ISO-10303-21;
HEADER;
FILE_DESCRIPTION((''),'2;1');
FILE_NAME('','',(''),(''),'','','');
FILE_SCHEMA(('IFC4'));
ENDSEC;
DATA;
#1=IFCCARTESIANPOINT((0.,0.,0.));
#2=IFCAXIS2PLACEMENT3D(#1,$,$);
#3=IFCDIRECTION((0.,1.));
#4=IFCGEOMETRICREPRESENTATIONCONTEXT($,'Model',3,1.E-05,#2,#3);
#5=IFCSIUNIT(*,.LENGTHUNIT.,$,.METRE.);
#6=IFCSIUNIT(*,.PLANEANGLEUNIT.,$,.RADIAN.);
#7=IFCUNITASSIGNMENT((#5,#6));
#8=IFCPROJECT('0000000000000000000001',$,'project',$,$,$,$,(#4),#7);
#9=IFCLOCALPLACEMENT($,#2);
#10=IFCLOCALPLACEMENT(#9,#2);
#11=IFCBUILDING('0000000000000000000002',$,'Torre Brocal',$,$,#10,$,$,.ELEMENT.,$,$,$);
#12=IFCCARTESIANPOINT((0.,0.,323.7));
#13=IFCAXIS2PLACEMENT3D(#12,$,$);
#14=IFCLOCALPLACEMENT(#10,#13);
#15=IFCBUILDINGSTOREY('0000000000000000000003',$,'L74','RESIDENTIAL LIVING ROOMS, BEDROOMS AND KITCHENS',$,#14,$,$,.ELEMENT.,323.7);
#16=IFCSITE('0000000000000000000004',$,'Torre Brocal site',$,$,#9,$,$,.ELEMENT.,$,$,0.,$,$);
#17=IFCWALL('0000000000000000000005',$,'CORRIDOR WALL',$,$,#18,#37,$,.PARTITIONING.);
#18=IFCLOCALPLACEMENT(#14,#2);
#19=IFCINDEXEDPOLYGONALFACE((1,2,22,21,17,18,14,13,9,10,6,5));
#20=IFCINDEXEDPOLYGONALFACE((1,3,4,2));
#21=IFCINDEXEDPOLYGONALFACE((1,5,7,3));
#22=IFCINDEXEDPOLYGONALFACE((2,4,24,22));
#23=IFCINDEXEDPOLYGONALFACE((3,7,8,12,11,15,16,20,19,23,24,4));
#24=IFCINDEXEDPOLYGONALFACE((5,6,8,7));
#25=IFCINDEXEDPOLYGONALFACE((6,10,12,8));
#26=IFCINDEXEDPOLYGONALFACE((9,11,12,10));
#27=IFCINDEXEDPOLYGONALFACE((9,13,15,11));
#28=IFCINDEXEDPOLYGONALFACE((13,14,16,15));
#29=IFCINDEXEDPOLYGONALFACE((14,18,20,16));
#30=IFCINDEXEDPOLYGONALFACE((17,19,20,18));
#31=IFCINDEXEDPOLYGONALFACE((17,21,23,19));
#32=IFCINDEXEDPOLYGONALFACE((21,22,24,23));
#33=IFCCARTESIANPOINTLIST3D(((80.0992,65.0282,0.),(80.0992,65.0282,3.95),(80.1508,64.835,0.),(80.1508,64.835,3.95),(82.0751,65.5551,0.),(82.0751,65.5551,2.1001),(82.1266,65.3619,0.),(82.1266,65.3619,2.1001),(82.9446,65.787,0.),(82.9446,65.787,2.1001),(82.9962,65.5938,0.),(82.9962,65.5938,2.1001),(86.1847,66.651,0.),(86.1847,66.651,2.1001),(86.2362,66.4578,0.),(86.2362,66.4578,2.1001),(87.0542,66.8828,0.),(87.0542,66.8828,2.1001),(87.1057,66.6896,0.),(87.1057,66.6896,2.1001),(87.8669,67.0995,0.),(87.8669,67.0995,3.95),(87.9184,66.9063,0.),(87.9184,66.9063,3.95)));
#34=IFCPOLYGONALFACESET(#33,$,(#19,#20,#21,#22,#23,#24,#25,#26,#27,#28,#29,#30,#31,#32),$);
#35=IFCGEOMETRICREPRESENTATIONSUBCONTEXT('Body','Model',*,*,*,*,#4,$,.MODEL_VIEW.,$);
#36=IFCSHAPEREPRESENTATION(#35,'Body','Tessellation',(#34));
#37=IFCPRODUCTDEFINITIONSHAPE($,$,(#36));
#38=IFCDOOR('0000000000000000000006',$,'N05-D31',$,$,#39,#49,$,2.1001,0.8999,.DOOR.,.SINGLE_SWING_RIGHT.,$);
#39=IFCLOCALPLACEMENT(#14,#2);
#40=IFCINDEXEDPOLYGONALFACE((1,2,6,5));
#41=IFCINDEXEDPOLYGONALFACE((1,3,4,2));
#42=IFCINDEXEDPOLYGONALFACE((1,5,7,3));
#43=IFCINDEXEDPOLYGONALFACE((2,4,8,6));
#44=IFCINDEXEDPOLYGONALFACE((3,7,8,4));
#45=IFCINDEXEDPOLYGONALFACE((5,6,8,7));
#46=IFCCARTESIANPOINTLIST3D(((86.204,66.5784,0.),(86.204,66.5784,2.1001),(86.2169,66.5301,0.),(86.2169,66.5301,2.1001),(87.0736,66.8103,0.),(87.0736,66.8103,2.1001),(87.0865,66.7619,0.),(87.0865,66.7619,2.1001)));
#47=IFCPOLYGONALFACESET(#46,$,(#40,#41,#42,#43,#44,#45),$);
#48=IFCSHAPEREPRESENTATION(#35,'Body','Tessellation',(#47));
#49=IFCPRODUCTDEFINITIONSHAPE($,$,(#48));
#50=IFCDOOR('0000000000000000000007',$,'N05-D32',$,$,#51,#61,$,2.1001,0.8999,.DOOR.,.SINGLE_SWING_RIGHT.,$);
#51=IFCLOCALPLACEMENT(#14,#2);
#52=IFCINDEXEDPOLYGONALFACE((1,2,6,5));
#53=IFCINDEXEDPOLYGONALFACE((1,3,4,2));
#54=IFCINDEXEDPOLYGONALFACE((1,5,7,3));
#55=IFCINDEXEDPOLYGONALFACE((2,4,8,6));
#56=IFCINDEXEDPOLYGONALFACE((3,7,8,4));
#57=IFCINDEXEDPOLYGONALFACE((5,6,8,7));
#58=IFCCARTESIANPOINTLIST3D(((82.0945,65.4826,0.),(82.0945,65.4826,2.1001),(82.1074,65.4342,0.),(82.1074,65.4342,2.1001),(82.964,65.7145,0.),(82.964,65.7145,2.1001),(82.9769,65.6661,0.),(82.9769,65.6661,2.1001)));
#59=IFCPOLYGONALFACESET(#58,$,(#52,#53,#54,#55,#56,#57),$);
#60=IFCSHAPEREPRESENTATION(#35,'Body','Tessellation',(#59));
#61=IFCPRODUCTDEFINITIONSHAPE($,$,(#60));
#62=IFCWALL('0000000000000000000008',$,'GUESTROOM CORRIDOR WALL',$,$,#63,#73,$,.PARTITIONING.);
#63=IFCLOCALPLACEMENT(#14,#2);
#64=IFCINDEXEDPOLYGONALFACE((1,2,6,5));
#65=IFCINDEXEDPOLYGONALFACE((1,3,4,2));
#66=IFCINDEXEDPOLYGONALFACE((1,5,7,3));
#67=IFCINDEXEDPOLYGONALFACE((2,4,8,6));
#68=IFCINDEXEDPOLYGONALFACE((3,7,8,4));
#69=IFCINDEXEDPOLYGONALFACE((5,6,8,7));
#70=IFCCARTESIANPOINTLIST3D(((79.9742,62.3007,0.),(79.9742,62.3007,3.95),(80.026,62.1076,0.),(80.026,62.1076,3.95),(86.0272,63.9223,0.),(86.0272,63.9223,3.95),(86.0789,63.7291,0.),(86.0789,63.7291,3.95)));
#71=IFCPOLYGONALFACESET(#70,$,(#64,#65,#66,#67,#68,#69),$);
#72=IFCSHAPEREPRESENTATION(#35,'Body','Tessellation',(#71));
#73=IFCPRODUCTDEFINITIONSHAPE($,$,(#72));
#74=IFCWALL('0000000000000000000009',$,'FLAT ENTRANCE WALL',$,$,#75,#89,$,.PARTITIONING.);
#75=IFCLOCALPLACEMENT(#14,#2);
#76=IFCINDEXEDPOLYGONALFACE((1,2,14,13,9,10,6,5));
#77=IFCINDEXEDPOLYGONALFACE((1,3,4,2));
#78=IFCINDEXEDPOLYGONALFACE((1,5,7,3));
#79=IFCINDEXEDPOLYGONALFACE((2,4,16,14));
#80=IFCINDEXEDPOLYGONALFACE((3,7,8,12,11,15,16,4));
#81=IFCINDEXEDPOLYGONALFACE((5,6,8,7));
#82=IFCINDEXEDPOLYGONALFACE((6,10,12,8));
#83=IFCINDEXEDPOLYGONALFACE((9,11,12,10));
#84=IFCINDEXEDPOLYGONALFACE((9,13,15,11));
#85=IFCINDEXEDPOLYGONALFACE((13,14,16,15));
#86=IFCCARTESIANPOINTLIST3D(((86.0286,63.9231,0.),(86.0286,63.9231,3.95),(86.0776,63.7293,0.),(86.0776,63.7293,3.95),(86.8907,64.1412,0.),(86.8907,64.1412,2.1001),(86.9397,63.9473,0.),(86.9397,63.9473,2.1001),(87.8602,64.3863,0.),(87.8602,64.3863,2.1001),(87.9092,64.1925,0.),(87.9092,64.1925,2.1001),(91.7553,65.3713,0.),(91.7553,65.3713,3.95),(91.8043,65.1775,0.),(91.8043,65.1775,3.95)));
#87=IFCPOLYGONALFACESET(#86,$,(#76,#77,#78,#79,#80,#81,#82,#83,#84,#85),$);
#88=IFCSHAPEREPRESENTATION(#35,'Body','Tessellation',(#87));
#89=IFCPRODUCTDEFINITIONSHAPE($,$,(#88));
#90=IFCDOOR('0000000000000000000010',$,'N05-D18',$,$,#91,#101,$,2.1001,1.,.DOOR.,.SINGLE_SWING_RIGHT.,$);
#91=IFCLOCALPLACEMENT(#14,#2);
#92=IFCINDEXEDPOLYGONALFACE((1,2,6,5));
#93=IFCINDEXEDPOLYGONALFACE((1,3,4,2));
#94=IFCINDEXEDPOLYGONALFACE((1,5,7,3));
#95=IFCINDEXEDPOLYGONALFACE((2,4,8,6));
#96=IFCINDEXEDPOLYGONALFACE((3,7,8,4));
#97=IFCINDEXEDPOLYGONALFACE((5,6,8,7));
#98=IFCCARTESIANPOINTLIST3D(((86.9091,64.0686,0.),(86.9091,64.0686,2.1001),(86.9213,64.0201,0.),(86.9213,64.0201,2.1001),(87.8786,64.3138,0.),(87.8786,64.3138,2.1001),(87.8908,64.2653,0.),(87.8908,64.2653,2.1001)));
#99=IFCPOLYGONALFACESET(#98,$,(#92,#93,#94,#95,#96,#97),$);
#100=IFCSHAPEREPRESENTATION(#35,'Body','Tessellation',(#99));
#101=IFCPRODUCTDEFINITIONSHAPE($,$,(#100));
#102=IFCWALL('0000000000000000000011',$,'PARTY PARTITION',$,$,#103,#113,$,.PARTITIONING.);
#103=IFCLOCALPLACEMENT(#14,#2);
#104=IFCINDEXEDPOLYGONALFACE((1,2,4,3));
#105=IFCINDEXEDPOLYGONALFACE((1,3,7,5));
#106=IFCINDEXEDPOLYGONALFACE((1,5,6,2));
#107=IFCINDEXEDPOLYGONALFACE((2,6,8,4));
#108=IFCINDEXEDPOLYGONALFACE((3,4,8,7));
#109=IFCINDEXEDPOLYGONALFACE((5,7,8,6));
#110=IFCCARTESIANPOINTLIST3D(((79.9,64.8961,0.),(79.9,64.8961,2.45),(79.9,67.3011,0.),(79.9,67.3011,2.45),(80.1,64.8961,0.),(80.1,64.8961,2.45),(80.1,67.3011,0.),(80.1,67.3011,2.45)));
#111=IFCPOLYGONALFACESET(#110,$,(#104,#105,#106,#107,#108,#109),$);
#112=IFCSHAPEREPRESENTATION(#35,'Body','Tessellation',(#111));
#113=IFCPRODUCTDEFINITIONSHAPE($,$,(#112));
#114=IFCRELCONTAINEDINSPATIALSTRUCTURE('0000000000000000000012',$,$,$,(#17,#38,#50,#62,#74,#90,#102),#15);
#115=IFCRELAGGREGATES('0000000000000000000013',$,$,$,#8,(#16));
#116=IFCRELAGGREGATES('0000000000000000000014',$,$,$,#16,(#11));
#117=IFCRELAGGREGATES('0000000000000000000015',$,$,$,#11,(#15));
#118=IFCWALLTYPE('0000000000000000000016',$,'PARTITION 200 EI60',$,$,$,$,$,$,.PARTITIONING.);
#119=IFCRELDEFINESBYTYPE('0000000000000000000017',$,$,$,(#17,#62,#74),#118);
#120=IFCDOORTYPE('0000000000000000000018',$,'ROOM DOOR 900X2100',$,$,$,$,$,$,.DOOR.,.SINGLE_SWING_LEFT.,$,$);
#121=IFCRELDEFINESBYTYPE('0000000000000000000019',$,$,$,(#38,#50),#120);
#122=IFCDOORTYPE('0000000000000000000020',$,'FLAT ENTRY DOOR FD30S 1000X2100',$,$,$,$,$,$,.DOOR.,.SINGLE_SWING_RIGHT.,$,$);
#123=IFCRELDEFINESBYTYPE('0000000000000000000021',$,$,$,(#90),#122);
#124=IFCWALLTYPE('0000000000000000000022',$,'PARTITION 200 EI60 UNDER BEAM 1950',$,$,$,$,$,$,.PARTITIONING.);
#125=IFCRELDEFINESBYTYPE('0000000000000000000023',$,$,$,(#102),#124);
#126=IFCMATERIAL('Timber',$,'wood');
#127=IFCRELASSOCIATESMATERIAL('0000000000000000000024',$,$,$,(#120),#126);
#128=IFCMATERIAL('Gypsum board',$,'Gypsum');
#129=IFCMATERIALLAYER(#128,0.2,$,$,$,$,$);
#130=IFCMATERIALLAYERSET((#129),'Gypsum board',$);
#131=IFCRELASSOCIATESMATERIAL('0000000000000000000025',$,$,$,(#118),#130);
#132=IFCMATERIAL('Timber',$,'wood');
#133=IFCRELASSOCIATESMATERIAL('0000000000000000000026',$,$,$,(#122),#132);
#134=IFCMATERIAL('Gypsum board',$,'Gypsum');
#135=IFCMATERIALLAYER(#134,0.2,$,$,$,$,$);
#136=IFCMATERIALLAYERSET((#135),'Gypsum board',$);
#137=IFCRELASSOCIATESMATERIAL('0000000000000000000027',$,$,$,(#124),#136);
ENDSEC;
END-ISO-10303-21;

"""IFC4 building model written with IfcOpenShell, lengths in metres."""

from ifc_helpers import new_model, si_unit, direction, frame, frame_2d, origin, place, context, subcontext, project, spatial, rectangle, extrude, material, layer, layer_set, type_object, element, fill, save


model = new_model("IFC4")

# Units and contexts
model_context = context("Model", 3, precision=1e-05, world=origin(), true_north=direction((0.0, 1.0)))
body_context = subcontext(model_context, "Body", "Model", "MODEL_VIEW")
ifc_project = project(units=[si_unit("LENGTHUNIT", "METRE"), si_unit("PLANEANGLEUNIT", "RADIAN")], contexts=[model_context])

# Site, building, storey
site_placement = place(None, origin())
site = spatial("IfcSite", under=ifc_project, at=site_placement, Name="Torre Brocal site", CompositionType="ELEMENT", RefElevation=0.0)
building_placement = place(site_placement, origin())
building = spatial("IfcBuilding", under=site, at=building_placement, Name="Torre Brocal", CompositionType="ELEMENT")
storey_placement = place(building_placement, frame((0.0, 0.0, 323.7)))
storey = spatial("IfcBuildingStorey", under=building, at=storey_placement, Name="L74", Description="RESIDENTIAL LIVING ROOMS, BEDROOMS AND KITCHENS", CompositionType="ELEMENT", Elevation=323.7)

# Shared definitions
ifc_material_1 = material(Name="Timber", Category="wood")
door_type_1 = type_object("IfcDoorType", Name="ROOM DOOR 900X2100", OperationType="SINGLE_SWING_LEFT", PredefinedType="DOOR", material=ifc_material_1)

# Wall, openings, doors
ifc_material_2 = material(Name="Gypsum board", Category="Gypsum")
ifc_layer_1 = layer(ifc_material_2, 0.2)
ifc_layer_set_1 = layer_set([ifc_layer_1], Name="Gypsum board")
wall_type_1 = type_object("IfcWallType", Name="PARTITION 200 EI60", PredefinedType="PARTITIONING", material=ifc_layer_set_1)
wall_1_placement = place(storey_placement, frame((80.125, 64.9316, 0.0), z_axis=(0.0, 0.0, 1.0), x_axis=(0.966237, 0.257655, 0.0)))
wall_1 = element("IfcWall", 1, at=wall_1_placement, inside=storey, type_object=wall_type_1, Name="CORRIDOR WALL", PredefinedType="PARTITIONING", context=body_context, shape_type="SweptSolid", body=[
    extrude(rectangle(XDim=8.0391, YDim=0.2, at=frame_2d((4.0195, 0.0))), origin(), (0.0, 0.0, 1.0), 3.95),
])
opening_1_placement = place(wall_1_placement, frame((6.2981, 0.0, 0.0)))
opening_1 = element("IfcOpeningElement", 2, at=opening_1_placement, cuts=wall_1, PredefinedType="OPENING", context=body_context, shape_type="SweptSolid", body=[
    extrude(rectangle(XDim=0.8999, YDim=2.1001, at=frame_2d((0.45, 1.05))), frame((0.0, 0.1099, 0.0), z_axis=(0.0, -1.0, 0.0), x_axis=(1.0, 0.0, 0.0)), (0.0, 0.0, 1.0), 0.22),
])
opening_2_placement = place(wall_1_placement, frame((2.0449, 0.0, 0.0)))
opening_2 = element("IfcOpeningElement", 3, at=opening_2_placement, cuts=wall_1, PredefinedType="OPENING", context=body_context, shape_type="SweptSolid", body=[
    extrude(rectangle(XDim=0.8999, YDim=2.1001, at=frame_2d((0.45, 1.05))), frame((0.0, 0.1099, 0.0), z_axis=(0.0, -1.0, 0.0), x_axis=(1.0, 0.0, 0.0)), (0.0, 0.0, 1.0), 0.22),
])
door_1_placement = place(opening_1_placement, origin())
door_1 = element("IfcDoor", 4, at=door_1_placement, inside=storey, type_object=door_type_1, Name="N05-D31", OperationType="SINGLE_SWING_RIGHT", OverallHeight=2.1001, OverallWidth=0.8999, PredefinedType="DOOR", context=body_context, shape_type="SweptSolid", body=[
    extrude(rectangle(XDim=0.8999, YDim=2.1001, at=frame_2d((0.45, 1.05))), frame((0.0, 0.0249, 0.0), z_axis=(0.0, -1.0, 0.0), x_axis=(1.0, 0.0, 0.0)), (0.0, 0.0, 1.0), 0.05),
])
fill(opening_1, door_1)
door_2_placement = place(opening_2_placement, origin())
door_2 = element("IfcDoor", 5, at=door_2_placement, inside=storey, type_object=door_type_1, Name="N05-D32", OperationType="SINGLE_SWING_RIGHT", OverallHeight=2.1001, OverallWidth=0.8999, PredefinedType="DOOR", context=body_context, shape_type="SweptSolid", body=[
    extrude(rectangle(XDim=0.8999, YDim=2.1001, at=frame_2d((0.45, 1.05))), frame((0.0, 0.0249, 0.0), z_axis=(0.0, -1.0, 0.0), x_axis=(1.0, 0.0, 0.0)), (0.0, 0.0, 1.0), 0.05),
])
fill(opening_2, door_2)

# Wall
wall_2_placement = place(storey_placement, frame((80.0, 62.2041, 0.0), z_axis=(0.0, 0.0, 1.0), x_axis=(0.965938, 0.258773, 0.0)))
element("IfcWall", 6, at=wall_2_placement, inside=storey, type_object=wall_type_1, Name="GUESTROOM CORRIDOR WALL", PredefinedType="PARTITIONING", context=body_context, shape_type="SweptSolid", body=[
    extrude(rectangle(XDim=6.2664, YDim=0.2, at=frame_2d((3.1333, 0.0))), origin(), (0.0, 0.0, 1.0), 3.95),
])

# Wall, opening, door
wall_3_placement = place(storey_placement, frame((86.053, 63.8262, 0.0), z_axis=(0.0, 0.0, 1.0), x_axis=(0.96948, 0.24517, 0.0)))
wall_3 = element("IfcWall", 7, at=wall_3_placement, inside=storey, type_object=wall_type_1, Name="FLAT ENTRANCE WALL", PredefinedType="PARTITIONING", context=body_context, shape_type="SweptSolid", body=[
    extrude(rectangle(XDim=5.907, YDim=0.2, at=frame_2d((2.9536, 0.0))), origin(), (0.0, 0.0, 1.0), 3.95),
])
opening_3_placement = place(wall_3_placement, frame((0.8894, 0.0, 0.0)))
opening_3 = element("IfcOpeningElement", 8, at=opening_3_placement, cuts=wall_3, PredefinedType="OPENING", context=body_context, shape_type="SweptSolid", body=[
    extrude(rectangle(XDim=1.0, YDim=2.1001, at=frame_2d((0.5, 1.05))), frame((0.0, 0.1099, 0.0), z_axis=(0.0, -1.0, 0.0), x_axis=(1.0, 0.0, 0.0)), (0.0, 0.0, 1.0), 0.22),
])
ifc_material_3 = material(Name="Timber", Category="wood")
door_type_2 = type_object("IfcDoorType", Name="FLAT ENTRY DOOR FD30S 1000X2100", OperationType="SINGLE_SWING_RIGHT", PredefinedType="DOOR", material=ifc_material_3)
door_3_placement = place(opening_3_placement, frame((1.0, 0.0, 0.0), z_axis=(0.0, 0.0, 1.0), x_axis=(-1.0, 0.0, 0.0)))
door_3 = element("IfcDoor", 9, at=door_3_placement, inside=storey, type_object=door_type_2, Name="N05-D18", OperationType="SINGLE_SWING_RIGHT", OverallHeight=2.1001, OverallWidth=1.0, PredefinedType="DOOR", context=body_context, shape_type="SweptSolid", body=[
    extrude(rectangle(XDim=1.0, YDim=2.1001, at=frame_2d((0.5, 1.05))), frame((0.0, 0.0249, 0.0), z_axis=(0.0, -1.0, 0.0), x_axis=(1.0, 0.0, 0.0)), (0.0, 0.0, 1.0), 0.05),
])
fill(opening_3, door_3)

# Wall
ifc_material_4 = material(Name="Gypsum board", Category="Gypsum")
ifc_layer_2 = layer(ifc_material_4, 0.2)
ifc_layer_set_2 = layer_set([ifc_layer_2], Name="Gypsum board")
wall_type_2 = type_object("IfcWallType", Name="PARTITION 200 EI60 UNDER BEAM 1950", PredefinedType="PARTITIONING", material=ifc_layer_set_2)
wall_4_placement = place(storey_placement, frame((80.0, 64.896, 0.0), z_axis=(0.0, 0.0, 1.0), x_axis=(0.0, 1.0, 0.0)))
element("IfcWall", 10, at=wall_4_placement, inside=storey, type_object=wall_type_2, Name="PARTY PARTITION", PredefinedType="PARTITIONING", context=body_context, shape_type="SweptSolid", body=[
    extrude(rectangle(XDim=2.405, YDim=0.2, at=frame_2d((1.2026, 0.0))), origin(), (0.0, 0.0, 1.0), 2.45),
])

save(model, "model.ifc")
